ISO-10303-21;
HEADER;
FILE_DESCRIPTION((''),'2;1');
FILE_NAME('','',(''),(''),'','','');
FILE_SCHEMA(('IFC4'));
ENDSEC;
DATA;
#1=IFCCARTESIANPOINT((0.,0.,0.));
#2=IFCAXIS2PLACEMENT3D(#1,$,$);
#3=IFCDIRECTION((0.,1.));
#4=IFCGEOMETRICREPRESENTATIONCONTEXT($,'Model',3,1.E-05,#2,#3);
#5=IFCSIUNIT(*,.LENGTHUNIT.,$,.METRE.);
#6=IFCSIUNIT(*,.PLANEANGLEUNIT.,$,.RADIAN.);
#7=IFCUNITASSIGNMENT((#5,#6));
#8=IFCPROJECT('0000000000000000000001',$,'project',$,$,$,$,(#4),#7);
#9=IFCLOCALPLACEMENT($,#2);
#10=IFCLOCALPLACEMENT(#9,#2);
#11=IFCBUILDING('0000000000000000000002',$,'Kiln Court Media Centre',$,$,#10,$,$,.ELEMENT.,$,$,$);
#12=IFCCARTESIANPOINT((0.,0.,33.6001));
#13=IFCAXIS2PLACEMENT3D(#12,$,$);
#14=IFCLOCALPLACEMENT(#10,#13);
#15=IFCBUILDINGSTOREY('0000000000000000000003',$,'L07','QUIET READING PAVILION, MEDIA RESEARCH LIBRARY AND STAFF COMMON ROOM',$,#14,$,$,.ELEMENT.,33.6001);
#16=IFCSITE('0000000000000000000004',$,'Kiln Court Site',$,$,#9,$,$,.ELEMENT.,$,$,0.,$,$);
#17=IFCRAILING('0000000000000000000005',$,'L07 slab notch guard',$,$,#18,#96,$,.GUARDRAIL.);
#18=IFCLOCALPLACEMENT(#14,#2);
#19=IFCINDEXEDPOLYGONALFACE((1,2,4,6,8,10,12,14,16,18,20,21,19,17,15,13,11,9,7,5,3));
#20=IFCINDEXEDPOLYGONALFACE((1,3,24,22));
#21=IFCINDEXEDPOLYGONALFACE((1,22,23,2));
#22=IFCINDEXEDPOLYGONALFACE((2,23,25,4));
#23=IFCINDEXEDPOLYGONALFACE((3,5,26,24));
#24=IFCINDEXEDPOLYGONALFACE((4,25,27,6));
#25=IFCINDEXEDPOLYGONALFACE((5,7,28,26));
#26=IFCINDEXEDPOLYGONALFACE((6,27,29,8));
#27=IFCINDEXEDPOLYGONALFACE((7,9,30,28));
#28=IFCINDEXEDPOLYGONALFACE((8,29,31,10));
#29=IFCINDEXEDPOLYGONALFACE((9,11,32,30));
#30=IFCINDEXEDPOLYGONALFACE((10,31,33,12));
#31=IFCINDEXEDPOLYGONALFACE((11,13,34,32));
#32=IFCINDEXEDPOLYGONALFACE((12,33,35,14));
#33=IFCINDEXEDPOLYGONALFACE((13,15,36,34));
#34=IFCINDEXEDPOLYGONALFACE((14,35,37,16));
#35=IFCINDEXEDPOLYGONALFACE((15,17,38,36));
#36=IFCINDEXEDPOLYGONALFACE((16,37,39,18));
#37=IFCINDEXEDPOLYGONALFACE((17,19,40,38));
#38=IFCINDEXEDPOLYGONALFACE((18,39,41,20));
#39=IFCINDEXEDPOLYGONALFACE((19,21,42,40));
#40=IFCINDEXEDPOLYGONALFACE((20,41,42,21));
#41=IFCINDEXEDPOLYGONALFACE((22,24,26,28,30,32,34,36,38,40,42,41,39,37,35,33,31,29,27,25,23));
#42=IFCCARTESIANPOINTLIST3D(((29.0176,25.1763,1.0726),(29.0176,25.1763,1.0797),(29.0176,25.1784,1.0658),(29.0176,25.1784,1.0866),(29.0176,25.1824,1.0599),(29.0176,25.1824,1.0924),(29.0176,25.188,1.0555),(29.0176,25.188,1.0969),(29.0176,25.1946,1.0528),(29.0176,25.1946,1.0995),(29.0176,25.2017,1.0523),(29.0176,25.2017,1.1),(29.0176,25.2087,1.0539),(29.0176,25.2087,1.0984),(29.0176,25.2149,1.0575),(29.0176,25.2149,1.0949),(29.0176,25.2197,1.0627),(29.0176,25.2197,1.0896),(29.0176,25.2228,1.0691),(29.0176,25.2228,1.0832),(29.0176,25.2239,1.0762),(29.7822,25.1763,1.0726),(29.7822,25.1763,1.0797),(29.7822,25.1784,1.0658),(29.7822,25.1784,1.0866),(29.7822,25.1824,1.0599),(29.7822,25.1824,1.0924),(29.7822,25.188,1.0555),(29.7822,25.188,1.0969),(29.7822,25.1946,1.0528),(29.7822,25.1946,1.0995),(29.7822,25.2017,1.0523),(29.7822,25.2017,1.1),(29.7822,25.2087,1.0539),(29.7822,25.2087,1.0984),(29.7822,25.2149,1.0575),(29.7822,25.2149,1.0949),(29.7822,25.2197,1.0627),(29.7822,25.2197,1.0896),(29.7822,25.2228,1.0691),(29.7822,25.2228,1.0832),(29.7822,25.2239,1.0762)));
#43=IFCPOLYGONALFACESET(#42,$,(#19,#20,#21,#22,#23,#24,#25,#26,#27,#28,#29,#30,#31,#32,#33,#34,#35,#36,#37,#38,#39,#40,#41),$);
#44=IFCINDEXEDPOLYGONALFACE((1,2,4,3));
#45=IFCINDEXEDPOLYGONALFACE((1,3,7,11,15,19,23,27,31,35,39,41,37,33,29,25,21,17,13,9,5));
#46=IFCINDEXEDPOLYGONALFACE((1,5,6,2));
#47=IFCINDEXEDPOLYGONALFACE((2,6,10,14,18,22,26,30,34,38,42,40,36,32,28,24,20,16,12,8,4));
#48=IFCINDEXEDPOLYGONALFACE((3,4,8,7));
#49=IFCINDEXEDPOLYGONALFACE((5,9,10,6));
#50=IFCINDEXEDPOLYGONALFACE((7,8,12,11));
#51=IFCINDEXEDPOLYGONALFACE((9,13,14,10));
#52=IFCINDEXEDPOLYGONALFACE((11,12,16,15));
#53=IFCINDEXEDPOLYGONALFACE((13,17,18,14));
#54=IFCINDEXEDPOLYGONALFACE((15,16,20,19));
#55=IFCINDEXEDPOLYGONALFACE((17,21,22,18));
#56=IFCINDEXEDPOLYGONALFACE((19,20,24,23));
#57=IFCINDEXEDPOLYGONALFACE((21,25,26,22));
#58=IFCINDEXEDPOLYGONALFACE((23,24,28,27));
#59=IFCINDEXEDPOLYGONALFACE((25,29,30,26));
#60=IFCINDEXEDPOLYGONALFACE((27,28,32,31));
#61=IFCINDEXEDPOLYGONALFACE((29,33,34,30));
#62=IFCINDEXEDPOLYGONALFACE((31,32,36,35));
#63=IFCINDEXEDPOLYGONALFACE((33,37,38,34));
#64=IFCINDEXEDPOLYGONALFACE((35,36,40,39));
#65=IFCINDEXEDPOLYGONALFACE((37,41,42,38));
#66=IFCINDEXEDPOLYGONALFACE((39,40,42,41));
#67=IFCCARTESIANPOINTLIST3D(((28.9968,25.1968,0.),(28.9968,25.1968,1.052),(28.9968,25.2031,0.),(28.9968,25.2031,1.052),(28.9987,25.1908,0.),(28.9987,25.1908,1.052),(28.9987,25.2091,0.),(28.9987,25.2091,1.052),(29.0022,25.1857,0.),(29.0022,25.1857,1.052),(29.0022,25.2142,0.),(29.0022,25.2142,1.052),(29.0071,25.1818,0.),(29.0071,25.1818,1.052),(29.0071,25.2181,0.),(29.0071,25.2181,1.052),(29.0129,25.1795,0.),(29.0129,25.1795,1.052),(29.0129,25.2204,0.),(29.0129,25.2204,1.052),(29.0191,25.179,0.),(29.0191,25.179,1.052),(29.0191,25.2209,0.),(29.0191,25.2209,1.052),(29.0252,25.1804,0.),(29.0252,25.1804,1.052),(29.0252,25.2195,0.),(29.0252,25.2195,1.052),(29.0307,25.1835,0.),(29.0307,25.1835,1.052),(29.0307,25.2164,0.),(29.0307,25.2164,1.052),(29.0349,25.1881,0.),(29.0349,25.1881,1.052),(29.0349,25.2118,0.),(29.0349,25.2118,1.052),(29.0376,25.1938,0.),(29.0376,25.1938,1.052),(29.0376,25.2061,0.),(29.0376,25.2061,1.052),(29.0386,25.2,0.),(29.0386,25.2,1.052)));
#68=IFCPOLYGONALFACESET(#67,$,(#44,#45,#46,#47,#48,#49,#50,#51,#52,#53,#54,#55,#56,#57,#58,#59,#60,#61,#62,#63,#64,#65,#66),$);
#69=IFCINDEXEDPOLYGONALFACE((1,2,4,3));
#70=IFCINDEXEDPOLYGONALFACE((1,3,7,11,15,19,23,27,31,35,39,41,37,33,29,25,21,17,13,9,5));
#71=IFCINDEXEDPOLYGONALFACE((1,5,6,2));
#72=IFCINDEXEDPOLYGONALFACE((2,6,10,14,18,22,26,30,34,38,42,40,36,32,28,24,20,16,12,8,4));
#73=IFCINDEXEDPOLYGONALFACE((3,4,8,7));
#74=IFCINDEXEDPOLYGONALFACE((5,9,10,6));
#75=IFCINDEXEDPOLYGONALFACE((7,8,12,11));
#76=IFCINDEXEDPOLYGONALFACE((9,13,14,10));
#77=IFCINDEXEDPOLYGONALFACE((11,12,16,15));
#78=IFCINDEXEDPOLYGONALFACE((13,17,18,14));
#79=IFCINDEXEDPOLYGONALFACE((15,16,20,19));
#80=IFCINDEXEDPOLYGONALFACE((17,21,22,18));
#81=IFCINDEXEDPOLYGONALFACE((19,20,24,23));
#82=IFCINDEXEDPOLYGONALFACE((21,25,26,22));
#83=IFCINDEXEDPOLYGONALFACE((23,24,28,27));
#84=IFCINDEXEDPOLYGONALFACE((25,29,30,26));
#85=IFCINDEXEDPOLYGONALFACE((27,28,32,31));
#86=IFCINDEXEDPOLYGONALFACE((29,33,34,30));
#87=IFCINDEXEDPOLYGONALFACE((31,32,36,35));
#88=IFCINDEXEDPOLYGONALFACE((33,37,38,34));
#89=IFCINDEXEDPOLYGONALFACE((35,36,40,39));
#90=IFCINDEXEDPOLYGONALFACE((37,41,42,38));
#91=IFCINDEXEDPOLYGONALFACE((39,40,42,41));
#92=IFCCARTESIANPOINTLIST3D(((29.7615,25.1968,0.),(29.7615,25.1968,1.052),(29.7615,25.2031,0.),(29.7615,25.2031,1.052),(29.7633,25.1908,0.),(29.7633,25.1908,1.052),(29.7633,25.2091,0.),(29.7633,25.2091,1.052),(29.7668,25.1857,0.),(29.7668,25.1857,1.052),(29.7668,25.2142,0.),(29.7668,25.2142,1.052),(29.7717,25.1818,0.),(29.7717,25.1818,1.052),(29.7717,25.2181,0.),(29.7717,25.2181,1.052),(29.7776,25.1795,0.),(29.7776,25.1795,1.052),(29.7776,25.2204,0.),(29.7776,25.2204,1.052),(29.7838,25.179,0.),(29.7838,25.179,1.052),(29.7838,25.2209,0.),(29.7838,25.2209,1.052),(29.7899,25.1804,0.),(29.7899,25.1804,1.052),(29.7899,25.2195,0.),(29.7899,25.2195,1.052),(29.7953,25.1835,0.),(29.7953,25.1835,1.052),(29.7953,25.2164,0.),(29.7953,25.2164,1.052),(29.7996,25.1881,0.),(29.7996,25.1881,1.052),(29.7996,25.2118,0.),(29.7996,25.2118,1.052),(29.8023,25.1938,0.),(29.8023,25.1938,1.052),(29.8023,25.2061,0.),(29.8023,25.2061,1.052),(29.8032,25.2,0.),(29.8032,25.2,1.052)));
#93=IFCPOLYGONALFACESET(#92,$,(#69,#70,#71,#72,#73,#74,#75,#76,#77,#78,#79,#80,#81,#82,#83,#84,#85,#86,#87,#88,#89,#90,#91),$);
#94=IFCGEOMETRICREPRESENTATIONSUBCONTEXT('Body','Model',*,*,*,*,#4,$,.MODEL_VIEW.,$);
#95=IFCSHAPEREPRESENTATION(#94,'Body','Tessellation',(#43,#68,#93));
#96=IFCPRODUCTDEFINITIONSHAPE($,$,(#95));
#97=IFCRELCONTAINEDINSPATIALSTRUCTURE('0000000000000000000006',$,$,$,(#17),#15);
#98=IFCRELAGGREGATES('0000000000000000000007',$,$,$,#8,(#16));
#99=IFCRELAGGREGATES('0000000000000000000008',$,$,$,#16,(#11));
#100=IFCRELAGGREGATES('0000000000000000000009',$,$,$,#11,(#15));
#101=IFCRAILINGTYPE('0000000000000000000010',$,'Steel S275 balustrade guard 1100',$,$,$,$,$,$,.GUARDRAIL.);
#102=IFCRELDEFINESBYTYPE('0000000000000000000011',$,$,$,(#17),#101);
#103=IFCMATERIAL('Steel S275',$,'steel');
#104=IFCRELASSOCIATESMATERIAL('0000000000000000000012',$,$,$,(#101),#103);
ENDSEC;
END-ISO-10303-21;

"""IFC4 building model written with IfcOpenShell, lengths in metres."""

from ifc_helpers import new_model, si_unit, direction, frame, origin, origin_2d, place, context, subcontext, project, spatial, circle, extrude, material, type_object, element, save


model = new_model("IFC4")

# Units and contexts
model_context = context("Model", 3, precision=1e-05, world=origin(), true_north=direction((0.0, 1.0)))
body_context = subcontext(model_context, "Body", "Model", "MODEL_VIEW")
ifc_project = project(units=[si_unit("LENGTHUNIT", "METRE"), si_unit("PLANEANGLEUNIT", "RADIAN")], contexts=[model_context])

# Site, building, storey
site_placement = place(None, origin())
site = spatial("IfcSite", under=ifc_project, at=site_placement, Name="Kiln Court Site", CompositionType="ELEMENT", RefElevation=0.0)
building_placement = place(site_placement, origin())
building = spatial("IfcBuilding", under=site, at=building_placement, Name="Kiln Court Media Centre", CompositionType="ELEMENT")
storey_placement = place(building_placement, frame((0.0, 0.0, 33.6001)))
storey = spatial("IfcBuildingStorey", under=building, at=storey_placement, Name="L07", Description="QUIET READING PAVILION, MEDIA RESEARCH LIBRARY AND STAFF COMMON ROOM", CompositionType="ELEMENT", Elevation=33.6001)

# Railing
ifc_material_1 = material(Name="Steel S275", Category="steel")
railing_type = type_object("IfcRailingType", Name="Steel S275 balustrade guard 1100", PredefinedType="GUARDRAIL", material=ifc_material_1)
for number, where, name in (
    (1, (29.0176, 25.2, 0.0), "L07 slab notch guard"),
):
    element("IfcRailing", number, at=place(storey_placement, frame(where)), inside=storey, type_object=railing_type, Name=name, PredefinedType="GUARDRAIL", context=body_context, shape_type="SweptSolid", body=[
        extrude(circle(Radius=0.0239, at=origin_2d()), frame((0.0, 0.0, 1.0762), z_axis=(1.0, 0.0, 0.0), x_axis=(0.0, 1.0, 0.0)), (0.0, 0.0, 1.0), 0.7646),
        extrude(circle(Radius=0.021, at=origin_2d()), origin(), (0.0, 0.0, 1.0), 1.052),
        extrude(circle(Radius=0.021, at=origin_2d()), frame((0.7646, 0.0, 0.0)), (0.0, 0.0, 1.0), 1.052),
    ])

save(model, "model.ifc")
